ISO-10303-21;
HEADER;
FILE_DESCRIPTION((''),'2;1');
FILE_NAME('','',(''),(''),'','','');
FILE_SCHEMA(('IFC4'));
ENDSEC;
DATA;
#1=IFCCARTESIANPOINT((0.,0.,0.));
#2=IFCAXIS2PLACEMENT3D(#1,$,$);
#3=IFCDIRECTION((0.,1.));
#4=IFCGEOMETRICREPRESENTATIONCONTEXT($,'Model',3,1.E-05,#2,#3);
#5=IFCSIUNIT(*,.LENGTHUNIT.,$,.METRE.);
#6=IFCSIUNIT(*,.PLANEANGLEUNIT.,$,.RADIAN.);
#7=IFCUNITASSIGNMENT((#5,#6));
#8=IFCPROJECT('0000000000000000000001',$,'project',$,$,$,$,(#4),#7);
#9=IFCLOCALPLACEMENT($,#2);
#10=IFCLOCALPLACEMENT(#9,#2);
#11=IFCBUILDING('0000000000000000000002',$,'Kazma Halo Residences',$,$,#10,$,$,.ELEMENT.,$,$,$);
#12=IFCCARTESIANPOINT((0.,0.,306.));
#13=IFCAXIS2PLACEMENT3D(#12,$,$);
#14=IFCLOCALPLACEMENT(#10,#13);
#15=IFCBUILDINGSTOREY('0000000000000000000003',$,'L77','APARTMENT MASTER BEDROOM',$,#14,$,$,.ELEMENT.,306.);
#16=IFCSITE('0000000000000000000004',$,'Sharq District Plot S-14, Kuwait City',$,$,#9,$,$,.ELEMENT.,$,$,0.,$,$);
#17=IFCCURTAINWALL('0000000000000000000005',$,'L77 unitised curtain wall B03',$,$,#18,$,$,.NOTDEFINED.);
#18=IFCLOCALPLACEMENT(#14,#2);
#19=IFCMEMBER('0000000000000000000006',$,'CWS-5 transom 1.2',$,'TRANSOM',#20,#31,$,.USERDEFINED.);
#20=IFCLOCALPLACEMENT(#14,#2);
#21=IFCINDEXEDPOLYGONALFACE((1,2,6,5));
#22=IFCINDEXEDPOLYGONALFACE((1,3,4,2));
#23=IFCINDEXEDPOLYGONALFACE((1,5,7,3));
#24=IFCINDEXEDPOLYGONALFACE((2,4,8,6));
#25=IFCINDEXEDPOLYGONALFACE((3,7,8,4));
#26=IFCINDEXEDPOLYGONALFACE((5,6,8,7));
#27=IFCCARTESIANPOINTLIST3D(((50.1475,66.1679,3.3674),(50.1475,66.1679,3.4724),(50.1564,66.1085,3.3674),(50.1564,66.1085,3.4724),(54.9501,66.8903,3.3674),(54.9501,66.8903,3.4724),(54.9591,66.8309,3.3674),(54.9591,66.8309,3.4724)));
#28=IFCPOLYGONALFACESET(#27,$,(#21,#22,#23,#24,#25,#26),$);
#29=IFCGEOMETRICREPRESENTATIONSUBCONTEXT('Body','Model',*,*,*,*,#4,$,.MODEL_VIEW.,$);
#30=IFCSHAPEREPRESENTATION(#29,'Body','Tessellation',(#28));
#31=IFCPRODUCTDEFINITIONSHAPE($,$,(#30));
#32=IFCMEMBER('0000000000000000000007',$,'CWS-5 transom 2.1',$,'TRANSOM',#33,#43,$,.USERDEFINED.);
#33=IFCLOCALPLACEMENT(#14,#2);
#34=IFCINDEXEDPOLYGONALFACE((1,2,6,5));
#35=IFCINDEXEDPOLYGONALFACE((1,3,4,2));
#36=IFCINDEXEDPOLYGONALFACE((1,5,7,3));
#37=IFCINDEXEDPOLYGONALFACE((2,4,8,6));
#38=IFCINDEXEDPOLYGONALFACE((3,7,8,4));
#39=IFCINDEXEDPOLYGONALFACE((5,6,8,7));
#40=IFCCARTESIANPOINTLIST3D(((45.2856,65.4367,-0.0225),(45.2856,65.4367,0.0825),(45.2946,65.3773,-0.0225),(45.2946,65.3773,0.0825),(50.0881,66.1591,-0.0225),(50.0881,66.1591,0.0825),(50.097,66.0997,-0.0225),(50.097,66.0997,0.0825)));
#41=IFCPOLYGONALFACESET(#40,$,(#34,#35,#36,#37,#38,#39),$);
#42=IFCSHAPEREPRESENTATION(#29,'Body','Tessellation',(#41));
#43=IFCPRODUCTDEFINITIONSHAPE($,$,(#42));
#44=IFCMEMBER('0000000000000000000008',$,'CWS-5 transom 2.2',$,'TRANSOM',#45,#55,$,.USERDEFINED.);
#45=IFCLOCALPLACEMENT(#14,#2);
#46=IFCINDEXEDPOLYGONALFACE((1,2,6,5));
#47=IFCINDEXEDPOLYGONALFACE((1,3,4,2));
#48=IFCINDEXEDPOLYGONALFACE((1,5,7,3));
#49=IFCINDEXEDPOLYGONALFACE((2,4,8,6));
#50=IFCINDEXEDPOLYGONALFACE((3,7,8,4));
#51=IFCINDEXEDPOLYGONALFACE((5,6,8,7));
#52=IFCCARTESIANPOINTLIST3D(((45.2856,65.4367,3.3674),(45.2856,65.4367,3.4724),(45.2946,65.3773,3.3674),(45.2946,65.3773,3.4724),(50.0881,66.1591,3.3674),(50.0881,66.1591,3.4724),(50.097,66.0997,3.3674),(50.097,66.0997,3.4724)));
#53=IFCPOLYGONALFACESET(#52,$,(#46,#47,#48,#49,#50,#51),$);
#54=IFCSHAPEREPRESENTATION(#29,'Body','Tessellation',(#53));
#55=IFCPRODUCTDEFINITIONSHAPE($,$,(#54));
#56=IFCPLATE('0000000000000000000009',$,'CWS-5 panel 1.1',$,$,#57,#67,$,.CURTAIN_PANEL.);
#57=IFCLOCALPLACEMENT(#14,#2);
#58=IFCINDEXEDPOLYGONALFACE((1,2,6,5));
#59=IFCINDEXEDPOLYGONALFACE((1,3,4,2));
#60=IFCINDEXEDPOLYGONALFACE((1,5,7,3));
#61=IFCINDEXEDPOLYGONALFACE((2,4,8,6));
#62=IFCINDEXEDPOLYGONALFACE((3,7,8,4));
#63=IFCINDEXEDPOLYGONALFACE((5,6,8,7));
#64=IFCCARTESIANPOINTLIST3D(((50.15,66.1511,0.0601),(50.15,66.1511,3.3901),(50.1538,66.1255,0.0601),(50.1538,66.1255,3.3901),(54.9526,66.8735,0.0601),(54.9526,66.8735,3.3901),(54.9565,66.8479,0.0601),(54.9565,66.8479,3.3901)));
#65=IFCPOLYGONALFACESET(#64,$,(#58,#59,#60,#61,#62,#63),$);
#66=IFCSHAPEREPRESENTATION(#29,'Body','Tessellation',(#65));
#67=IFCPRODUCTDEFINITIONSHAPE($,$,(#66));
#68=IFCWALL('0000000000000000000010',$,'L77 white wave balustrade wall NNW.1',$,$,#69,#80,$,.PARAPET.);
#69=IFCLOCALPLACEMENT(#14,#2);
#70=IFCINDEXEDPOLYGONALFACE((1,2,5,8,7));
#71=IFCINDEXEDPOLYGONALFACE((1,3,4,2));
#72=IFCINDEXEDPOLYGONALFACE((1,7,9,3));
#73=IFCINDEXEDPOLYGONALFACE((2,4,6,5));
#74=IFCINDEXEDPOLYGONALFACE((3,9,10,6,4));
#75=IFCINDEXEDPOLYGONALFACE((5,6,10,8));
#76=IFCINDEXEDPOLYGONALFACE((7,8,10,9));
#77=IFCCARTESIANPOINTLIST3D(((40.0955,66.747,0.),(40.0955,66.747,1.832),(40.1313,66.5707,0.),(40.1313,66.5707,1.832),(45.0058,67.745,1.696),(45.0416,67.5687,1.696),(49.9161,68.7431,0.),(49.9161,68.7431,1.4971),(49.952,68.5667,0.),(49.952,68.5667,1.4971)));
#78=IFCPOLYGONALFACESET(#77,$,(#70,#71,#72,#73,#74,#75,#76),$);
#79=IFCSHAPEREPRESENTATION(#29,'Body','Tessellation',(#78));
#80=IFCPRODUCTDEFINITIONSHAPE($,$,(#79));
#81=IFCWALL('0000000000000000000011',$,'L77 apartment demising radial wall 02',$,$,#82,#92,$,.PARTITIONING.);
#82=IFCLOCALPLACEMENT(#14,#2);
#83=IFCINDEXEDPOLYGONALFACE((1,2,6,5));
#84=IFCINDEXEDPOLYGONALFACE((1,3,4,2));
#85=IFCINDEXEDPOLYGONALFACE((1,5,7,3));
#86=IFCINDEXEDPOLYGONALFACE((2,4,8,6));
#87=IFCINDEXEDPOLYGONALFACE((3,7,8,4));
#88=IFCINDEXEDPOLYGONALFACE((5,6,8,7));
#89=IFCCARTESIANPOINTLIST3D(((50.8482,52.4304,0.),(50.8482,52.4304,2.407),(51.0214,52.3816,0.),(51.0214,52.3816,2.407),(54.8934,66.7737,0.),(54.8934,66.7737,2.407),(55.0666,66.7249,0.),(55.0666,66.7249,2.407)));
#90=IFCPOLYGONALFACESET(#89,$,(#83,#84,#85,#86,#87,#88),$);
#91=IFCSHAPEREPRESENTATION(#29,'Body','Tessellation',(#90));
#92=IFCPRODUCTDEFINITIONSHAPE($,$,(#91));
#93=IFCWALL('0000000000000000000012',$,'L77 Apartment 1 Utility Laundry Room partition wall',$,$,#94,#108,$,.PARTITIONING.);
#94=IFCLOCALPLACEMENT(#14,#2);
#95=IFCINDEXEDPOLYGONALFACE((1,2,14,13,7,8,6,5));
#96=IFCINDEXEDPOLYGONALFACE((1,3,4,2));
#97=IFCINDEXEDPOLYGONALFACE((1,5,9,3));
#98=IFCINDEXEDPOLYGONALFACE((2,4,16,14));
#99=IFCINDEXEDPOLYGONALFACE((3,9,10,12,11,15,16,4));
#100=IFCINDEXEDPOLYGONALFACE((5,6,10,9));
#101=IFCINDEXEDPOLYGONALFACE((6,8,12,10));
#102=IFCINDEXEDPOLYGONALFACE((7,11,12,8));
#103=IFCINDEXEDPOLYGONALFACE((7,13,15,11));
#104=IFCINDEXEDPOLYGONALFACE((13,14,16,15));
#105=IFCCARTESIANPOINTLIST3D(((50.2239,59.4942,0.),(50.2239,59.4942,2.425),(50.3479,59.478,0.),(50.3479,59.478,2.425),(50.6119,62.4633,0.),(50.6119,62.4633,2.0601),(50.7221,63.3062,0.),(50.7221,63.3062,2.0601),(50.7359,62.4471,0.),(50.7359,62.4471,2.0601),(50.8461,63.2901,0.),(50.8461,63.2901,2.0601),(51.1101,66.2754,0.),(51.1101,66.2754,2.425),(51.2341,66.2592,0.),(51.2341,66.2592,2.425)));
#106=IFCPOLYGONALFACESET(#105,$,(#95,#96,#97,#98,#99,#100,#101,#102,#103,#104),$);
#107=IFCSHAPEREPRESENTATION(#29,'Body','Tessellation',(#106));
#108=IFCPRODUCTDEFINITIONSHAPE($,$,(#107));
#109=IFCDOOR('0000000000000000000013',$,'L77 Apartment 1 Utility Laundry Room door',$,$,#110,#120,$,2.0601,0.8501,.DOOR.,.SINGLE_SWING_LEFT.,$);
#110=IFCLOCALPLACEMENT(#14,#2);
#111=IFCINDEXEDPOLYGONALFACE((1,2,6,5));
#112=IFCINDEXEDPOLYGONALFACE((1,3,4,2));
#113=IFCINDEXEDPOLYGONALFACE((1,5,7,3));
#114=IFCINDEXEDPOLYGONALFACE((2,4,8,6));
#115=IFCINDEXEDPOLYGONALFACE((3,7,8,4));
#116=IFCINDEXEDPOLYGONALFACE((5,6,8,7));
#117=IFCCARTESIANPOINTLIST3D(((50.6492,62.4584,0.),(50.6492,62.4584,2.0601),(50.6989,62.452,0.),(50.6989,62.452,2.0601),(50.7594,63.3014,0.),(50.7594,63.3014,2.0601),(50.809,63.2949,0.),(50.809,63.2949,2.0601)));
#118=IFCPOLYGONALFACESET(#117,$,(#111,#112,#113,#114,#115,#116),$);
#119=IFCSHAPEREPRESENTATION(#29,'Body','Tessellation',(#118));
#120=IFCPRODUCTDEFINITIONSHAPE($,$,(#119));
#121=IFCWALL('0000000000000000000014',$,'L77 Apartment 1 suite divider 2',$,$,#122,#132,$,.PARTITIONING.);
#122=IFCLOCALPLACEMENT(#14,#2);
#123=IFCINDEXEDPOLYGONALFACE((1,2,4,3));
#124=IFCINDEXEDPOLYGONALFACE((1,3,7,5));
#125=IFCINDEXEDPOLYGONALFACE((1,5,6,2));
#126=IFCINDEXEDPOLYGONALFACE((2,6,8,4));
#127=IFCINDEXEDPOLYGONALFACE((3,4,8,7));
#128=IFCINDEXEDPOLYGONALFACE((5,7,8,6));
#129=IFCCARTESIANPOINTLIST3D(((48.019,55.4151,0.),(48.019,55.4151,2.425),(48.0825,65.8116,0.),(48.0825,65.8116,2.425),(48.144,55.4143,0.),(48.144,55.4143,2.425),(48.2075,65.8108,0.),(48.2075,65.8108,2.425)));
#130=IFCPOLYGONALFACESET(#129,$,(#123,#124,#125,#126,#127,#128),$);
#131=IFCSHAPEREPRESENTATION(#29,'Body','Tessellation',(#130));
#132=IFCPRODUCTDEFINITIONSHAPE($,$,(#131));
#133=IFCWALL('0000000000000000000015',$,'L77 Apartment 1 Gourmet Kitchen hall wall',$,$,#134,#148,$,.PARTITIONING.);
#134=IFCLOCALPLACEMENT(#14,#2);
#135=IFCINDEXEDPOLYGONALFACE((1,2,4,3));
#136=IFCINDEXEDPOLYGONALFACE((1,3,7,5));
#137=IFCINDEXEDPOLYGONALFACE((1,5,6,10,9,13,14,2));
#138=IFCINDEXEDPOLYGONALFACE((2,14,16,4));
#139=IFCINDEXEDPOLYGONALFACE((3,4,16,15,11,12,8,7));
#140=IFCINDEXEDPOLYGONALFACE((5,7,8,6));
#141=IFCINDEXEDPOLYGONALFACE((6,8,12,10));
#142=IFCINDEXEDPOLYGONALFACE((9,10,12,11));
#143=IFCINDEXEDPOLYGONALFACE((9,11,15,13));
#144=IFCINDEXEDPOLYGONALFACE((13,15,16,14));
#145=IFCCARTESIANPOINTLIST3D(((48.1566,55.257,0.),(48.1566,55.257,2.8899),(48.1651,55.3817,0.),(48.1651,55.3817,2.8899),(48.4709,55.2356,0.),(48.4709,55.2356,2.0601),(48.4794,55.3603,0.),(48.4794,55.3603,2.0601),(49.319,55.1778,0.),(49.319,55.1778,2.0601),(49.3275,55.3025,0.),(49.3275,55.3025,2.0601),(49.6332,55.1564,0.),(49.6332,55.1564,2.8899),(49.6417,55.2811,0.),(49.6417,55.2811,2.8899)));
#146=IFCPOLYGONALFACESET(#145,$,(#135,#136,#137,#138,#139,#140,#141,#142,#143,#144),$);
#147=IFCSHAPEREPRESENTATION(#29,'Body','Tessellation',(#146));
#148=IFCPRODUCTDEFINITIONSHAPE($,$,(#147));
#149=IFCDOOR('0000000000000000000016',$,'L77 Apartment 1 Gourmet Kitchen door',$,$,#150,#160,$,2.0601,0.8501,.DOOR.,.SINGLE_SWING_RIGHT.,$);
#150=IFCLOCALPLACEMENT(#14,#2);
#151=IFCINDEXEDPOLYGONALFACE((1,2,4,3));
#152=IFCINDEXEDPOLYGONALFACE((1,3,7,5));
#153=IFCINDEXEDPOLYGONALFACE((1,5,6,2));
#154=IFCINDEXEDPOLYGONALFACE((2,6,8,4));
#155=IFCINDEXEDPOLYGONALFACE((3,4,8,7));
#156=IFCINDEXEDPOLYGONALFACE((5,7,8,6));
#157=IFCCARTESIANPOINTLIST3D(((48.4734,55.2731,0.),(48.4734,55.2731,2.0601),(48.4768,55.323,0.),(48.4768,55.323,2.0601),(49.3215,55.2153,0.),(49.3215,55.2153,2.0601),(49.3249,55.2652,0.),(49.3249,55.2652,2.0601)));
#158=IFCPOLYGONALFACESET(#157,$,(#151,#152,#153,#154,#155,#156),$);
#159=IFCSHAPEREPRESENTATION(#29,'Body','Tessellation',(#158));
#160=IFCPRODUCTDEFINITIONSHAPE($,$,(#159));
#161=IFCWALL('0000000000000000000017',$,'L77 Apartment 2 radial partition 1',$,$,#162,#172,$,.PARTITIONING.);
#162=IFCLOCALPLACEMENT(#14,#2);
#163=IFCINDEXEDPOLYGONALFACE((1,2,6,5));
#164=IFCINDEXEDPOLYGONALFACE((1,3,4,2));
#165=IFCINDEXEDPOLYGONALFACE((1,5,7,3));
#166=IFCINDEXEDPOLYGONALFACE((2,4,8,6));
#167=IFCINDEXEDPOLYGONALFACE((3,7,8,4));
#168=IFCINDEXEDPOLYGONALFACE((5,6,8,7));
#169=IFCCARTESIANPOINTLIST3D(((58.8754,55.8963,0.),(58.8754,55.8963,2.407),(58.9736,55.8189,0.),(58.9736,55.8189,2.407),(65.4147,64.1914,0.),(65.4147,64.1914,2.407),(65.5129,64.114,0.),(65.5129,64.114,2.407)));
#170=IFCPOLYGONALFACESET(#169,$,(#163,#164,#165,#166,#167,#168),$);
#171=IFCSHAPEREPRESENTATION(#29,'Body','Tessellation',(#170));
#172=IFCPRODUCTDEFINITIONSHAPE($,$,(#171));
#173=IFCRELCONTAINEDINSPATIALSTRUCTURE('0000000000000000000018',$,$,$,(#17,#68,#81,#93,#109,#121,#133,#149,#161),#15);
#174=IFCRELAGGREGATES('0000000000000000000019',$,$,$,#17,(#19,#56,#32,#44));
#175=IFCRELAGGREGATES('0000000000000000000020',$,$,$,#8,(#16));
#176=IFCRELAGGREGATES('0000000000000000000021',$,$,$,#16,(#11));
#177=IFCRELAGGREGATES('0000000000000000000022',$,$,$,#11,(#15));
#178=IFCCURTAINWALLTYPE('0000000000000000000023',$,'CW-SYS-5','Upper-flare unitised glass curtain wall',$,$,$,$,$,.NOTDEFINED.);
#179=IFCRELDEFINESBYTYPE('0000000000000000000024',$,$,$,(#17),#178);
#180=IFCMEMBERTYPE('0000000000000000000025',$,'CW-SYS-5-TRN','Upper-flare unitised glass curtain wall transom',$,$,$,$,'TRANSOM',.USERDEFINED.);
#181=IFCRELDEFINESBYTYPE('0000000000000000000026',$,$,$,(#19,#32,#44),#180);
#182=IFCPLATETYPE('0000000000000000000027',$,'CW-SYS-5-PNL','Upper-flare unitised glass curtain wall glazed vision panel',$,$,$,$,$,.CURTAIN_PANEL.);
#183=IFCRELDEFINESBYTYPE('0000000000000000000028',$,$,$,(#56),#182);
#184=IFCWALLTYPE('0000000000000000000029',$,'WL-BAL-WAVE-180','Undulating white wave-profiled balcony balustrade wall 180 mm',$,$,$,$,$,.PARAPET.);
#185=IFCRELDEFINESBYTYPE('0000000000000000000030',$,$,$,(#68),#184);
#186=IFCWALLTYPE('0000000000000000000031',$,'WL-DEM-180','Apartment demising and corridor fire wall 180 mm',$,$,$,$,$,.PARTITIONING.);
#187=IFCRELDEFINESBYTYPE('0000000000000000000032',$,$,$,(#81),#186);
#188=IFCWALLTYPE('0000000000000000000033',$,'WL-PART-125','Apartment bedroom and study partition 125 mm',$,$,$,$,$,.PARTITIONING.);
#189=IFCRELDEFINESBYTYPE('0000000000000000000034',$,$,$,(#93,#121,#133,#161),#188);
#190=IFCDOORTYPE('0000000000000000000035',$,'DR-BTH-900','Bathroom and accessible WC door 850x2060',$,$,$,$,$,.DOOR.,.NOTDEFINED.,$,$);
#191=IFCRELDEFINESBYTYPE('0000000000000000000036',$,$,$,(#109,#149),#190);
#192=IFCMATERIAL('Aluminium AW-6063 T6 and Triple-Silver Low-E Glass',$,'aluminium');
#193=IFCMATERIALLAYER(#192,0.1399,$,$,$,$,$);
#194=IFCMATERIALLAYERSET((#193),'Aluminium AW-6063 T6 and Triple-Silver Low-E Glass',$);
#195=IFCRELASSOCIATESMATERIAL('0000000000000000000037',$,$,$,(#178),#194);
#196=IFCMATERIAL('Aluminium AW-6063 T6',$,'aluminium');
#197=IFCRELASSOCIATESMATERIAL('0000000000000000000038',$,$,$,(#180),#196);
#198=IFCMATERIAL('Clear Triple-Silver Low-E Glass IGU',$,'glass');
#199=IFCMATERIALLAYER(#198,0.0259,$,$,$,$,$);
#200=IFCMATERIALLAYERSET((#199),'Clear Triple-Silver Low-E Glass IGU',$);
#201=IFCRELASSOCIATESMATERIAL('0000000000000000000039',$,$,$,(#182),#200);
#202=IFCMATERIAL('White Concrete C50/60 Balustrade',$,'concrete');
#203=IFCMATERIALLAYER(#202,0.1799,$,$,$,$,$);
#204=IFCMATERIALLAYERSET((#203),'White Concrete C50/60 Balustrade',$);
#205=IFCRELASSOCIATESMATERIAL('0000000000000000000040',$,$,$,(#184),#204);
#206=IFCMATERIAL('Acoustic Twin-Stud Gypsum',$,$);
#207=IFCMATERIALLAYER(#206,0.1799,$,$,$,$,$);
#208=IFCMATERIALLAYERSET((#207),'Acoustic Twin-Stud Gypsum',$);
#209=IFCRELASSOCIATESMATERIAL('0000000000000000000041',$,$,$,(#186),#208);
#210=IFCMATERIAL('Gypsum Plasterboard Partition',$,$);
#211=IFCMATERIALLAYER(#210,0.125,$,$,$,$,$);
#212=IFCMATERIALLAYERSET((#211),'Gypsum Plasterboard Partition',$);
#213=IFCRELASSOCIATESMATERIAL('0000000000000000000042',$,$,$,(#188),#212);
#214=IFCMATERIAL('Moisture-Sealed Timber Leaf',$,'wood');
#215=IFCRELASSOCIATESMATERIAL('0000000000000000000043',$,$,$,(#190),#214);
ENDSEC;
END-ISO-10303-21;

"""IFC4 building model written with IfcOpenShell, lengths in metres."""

from ifc_helpers import new_model, si_unit, direction, frame, frame_2d, origin, origin_2d, place, context, subcontext, project, spatial, polyline, rectangle, outline, extrude, material, layer, layer_set, material_profile, profile_set, type_object, element, fill, aggregate, save


model = new_model("IFC4")

# Units and contexts
model_context = context("Model", 3, precision=1e-05, world=origin(), true_north=direction((0.0, 1.0)))
body_context = subcontext(model_context, "Body", "Model", "MODEL_VIEW")
ifc_project = project(units=[si_unit("LENGTHUNIT", "METRE"), si_unit("PLANEANGLEUNIT", "RADIAN")], contexts=[model_context])

# Site, building, storey
site_placement = place(None, origin())
site = spatial("IfcSite", under=ifc_project, at=site_placement, Name="Sharq District Plot S-14, Kuwait City", CompositionType="ELEMENT", RefElevation=0.0)
building_placement = place(site_placement, origin())
building = spatial("IfcBuilding", under=site, at=building_placement, Name="Kazma Halo Residences", CompositionType="ELEMENT")
storey_placement = place(building_placement, frame((0.0, 0.0, 306.0)))
storey = spatial("IfcBuildingStorey", under=building, at=storey_placement, Name="L77", Description="APARTMENT MASTER BEDROOM", CompositionType="ELEMENT", Elevation=306.0)

# Curtain wall, members, plate
ifc_material_1 = material(Name="Aluminium AW-6063 T6 and Triple-Silver Low-E Glass", Category="aluminium")
ifc_layer_1 = layer(ifc_material_1, 0.1399)
ifc_layer_set_1 = layer_set([ifc_layer_1], Name="Aluminium AW-6063 T6 and Triple-Silver Low-E Glass")
curtain_wall_type = type_object("IfcCurtainWallType", Name="CW-SYS-5", Description="Upper-flare unitised glass curtain wall", PredefinedType="NOTDEFINED", material=ifc_layer_set_1)
curtain_wall_placement = place(storey_placement, origin())
curtain_wall = element("IfcCurtainWall", 1, at=curtain_wall_placement, inside=storey, type_object=curtain_wall_type, Name="L77 unitised curtain wall B03", PredefinedType="NOTDEFINED")
ifc_material_2 = material(Name="Aluminium AW-6063 T6", Category="aluminium")
ifc_material_profile_1 = material_profile(ifc_material_2, rectangle(XDim=0.0601, YDim=0.105, at=origin_2d()), Name="CWT-60x105")
ifc_profile_set_1 = profile_set([ifc_material_profile_1], Name="Aluminium AW-6063 T6")
member_type_1 = type_object("IfcMemberType", Name="CW-SYS-5-TRN", Description="Upper-flare unitised glass curtain wall transom", ElementType="TRANSOM", PredefinedType="USERDEFINED", material=ifc_profile_set_1)
member_1_placement = place(storey_placement, frame((54.9546, 66.8606, 3.4199), z_axis=(-0.988876, -0.148744, 0.0), x_axis=(0.148744, -0.988876, 0.0)))
member_1 = element("IfcMember", 2, at=member_1_placement, type_object=member_type_1, Name="CWS-5 transom 1.2", ObjectType="TRANSOM", PredefinedType="USERDEFINED", context=body_context, shape_type="SweptSolid", body=[
    extrude(rectangle(XDim=0.0601, YDim=0.105, at=origin_2d()), origin(), (0.0, 0.0, 1.0), 4.8567),
])
member_2_placement = place(storey_placement, frame((50.0925, 66.1294, 0.03), z_axis=(-0.988875, -0.148751, 0.0), x_axis=(0.148751, -0.988875, 0.0)))
member_2 = element("IfcMember", 3, at=member_2_placement, type_object=member_type_1, Name="CWS-5 transom 2.1", ObjectType="TRANSOM", PredefinedType="USERDEFINED", context=body_context, shape_type="SweptSolid", body=[
    extrude(rectangle(XDim=0.0601, YDim=0.105, at=origin_2d()), origin(), (0.0, 0.0, 1.0), 4.8564),
])
member_3_placement = place(storey_placement, frame((50.0925, 66.1294, 3.4199), z_axis=(-0.988875, -0.148751, 0.0), x_axis=(0.148751, -0.988875, 0.0)))
member_3 = element("IfcMember", 4, at=member_3_placement, type_object=member_type_1, Name="CWS-5 transom 2.2", ObjectType="TRANSOM", PredefinedType="USERDEFINED", context=body_context, shape_type="SweptSolid", body=[
    extrude(rectangle(XDim=0.0601, YDim=0.105, at=origin_2d()), origin(), (0.0, 0.0, 1.0), 4.8564),
])
ifc_material_3 = material(Name="Clear Triple-Silver Low-E Glass IGU", Category="glass")
ifc_layer_2 = layer(ifc_material_3, 0.0259)
ifc_layer_set_2 = layer_set([ifc_layer_2], Name="Clear Triple-Silver Low-E Glass IGU")
plate_type = type_object("IfcPlateType", Name="CW-SYS-5-PNL", Description="Upper-flare unitised glass curtain wall glazed vision panel", PredefinedType="CURTAIN_PANEL", material=ifc_layer_set_2)
plate_placement = place(storey_placement, frame((52.5532, 66.4995, 0.0601), z_axis=(0.0, 0.0, 1.0), x_axis=(-0.988875, -0.148748, 0.0)))
plate = element("IfcPlate", 5, at=plate_placement, type_object=plate_type, Name="CWS-5 panel 1.1", PredefinedType="CURTAIN_PANEL", context=body_context, shape_type="SweptSolid", body=[
    extrude(rectangle(XDim=4.8567, YDim=0.0259, at=origin_2d()), origin(), (0.0, 0.0, 1.0), 3.3301),
])
aggregate(curtain_wall, [member_1, plate, member_2, member_3])

# Walls
ifc_material_4 = material(Name="White Concrete C50/60 Balustrade", Category="concrete")
ifc_layer_3 = layer(ifc_material_4, 0.1799)
ifc_layer_set_3 = layer_set([ifc_layer_3], Name="White Concrete C50/60 Balustrade")
wall_type_1 = type_object("IfcWallType", Name="WL-BAL-WAVE-180", Description="Undulating white wave-profiled balcony balustrade wall 180 mm", PredefinedType="PARAPET", material=ifc_layer_set_3)
wall_1_placement = place(storey_placement, frame((49.9341, 68.6548, 0.0), z_axis=(0.0, 0.0, 1.0), x_axis=(-0.979963, -0.199179, 0.0)))
element("IfcWall", 6, at=wall_1_placement, inside=storey, type_object=wall_type_1, Name="L77 white wave balustrade wall NNW.1", PredefinedType="PARAPET", context=body_context, shape_type="SweptSolid", body=[
    extrude(outline(polyline([(0.0, 0.0), (10.0215, 0.0), (10.0215, 1.832), (5.0107, 1.696), (0.0, 1.4971), (0.0, 0.0)])), frame((0.0, 0.0898, 0.0), z_axis=(0.0, -1.0, 0.0), x_axis=(1.0, 0.0, 0.0)), (0.0, 0.0, 1.0), 0.1799),
])
ifc_material_5 = material(Name="Acoustic Twin-Stud Gypsum")
ifc_layer_4 = layer(ifc_material_5, 0.1799)
ifc_layer_set_4 = layer_set([ifc_layer_4], Name="Acoustic Twin-Stud Gypsum")
wall_type_2 = type_object("IfcWallType", Name="WL-DEM-180", Description="Apartment demising and corridor fire wall 180 mm", PredefinedType="PARTITIONING", material=ifc_layer_set_4)
wall_2_placement = place(storey_placement, frame((50.9348, 52.406, 0.0), z_axis=(0.0, 0.0, 1.0), x_axis=(0.271437, 0.962456, 0.0)))
element("IfcWall", 7, at=wall_2_placement, inside=storey, type_object=wall_type_2, Name="L77 apartment demising radial wall 02", PredefinedType="PARTITIONING", context=body_context, shape_type="SweptSolid", body=[
    extrude(rectangle(XDim=14.9028, YDim=0.1799, at=frame_2d((7.4514, 0.0))), origin(), (0.0, 0.0, 1.0), 2.407),
])

# Wall, opening, door
ifc_material_6 = material(Name="Gypsum Plasterboard Partition")
ifc_layer_5 = layer(ifc_material_6, 0.125)
ifc_layer_set_5 = layer_set([ifc_layer_5], Name="Gypsum Plasterboard Partition")
wall_type_3 = type_object("IfcWallType", Name="WL-PART-125", Description="Apartment bedroom and study partition 125 mm", PredefinedType="PARTITIONING", material=ifc_layer_set_5)
wall_3_placement = place(storey_placement, frame((50.2859, 59.4861, 0.0), z_axis=(0.0, 0.0, 1.0), x_axis=(0.129586, 0.991568, 0.0)))
wall_3 = element("IfcWall", 8, at=wall_3_placement, inside=storey, type_object=wall_type_3, Name="L77 Apartment 1 Utility Laundry Room partition wall", PredefinedType="PARTITIONING", context=body_context, shape_type="SweptSolid", body=[
    extrude(rectangle(XDim=6.8389, YDim=0.125, at=frame_2d((3.4194, 0.0))), origin(), (0.0, 0.0, 1.0), 2.425),
])
opening_1_placement = place(wall_3_placement, frame((2.9944, 0.0, 0.0)))
opening_1 = element("IfcOpeningElement", 9, at=opening_1_placement, cuts=wall_3, PredefinedType="OPENING", context=body_context, shape_type="SweptSolid", body=[
    extrude(rectangle(XDim=0.8501, YDim=2.0601, at=frame_2d((0.425, 1.03))), frame((0.0, 0.0725, 0.0), z_axis=(0.0, -1.0, 0.0), x_axis=(1.0, 0.0, 0.0)), (0.0, 0.0, 1.0), 0.145),
])
ifc_material_7 = material(Name="Moisture-Sealed Timber Leaf", Category="wood")
door_type_1 = type_object("IfcDoorType", Name="DR-BTH-900", Description="Bathroom and accessible WC door 850x2060", OperationType="NOTDEFINED", PredefinedType="DOOR", material=ifc_material_7)
door_1_placement = place(opening_1_placement, origin())
door_1 = element("IfcDoor", 10, at=door_1_placement, inside=storey, type_object=door_type_1, Name="L77 Apartment 1 Utility Laundry Room door", OperationType="SINGLE_SWING_LEFT", OverallHeight=2.0601, OverallWidth=0.8501, PredefinedType="DOOR", context=body_context, shape_type="SweptSolid", body=[
    extrude(rectangle(XDim=0.8501, YDim=2.0601, at=frame_2d((0.425, 1.03))), frame((0.0, 0.0249, 0.0), z_axis=(0.0, -1.0, 0.0), x_axis=(1.0, 0.0, 0.0)), (0.0, 0.0, 1.0), 0.05),
])
fill(opening_1, door_1)

# Wall
wall_4_placement = place(storey_placement, frame((48.0815, 55.4148, 0.0), z_axis=(0.0, 0.0, 1.0), x_axis=(0.006105, 0.999981, 0.0)))
element("IfcWall", 11, at=wall_4_placement, inside=storey, type_object=wall_type_3, Name="L77 Apartment 1 suite divider 2", PredefinedType="PARTITIONING", context=body_context, shape_type="SweptSolid", body=[
    extrude(rectangle(XDim=10.3967, YDim=0.125, at=frame_2d((5.1982, 0.0))), origin(), (0.0, 0.0, 1.0), 2.425),
])

# Wall, opening, door
wall_5_placement = place(storey_placement, frame((49.6375, 55.2188, 0.0), z_axis=(0.0, 0.0, 1.0), x_axis=(-0.997688, 0.067964, 0.0)))
wall_5 = element("IfcWall", 12, at=wall_5_placement, inside=storey, type_object=wall_type_3, Name="L77 Apartment 1 Gourmet Kitchen hall wall", PredefinedType="PARTITIONING", context=body_context, shape_type="SweptSolid", body=[
    extrude(rectangle(XDim=1.48, YDim=0.125, at=frame_2d((0.74, 0.0))), origin(), (0.0, 0.0, 1.0), 2.8899),
])
opening_2_placement = place(wall_5_placement, frame((0.3149, 0.0, 0.0)))
opening_2 = element("IfcOpeningElement", 13, at=opening_2_placement, cuts=wall_5, PredefinedType="OPENING", context=body_context, shape_type="SweptSolid", body=[
    extrude(rectangle(XDim=0.8501, YDim=2.0601, at=frame_2d((0.425, 1.03))), frame((0.0, 0.0725, 0.0), z_axis=(0.0, -1.0, 0.0), x_axis=(1.0, 0.0, 0.0)), (0.0, 0.0, 1.0), 0.145),
])
door_2_placement = place(opening_2_placement, origin())
door_2 = element("IfcDoor", 14, at=door_2_placement, inside=storey, type_object=door_type_1, Name="L77 Apartment 1 Gourmet Kitchen door", OperationType="SINGLE_SWING_RIGHT", OverallHeight=2.0601, OverallWidth=0.8501, PredefinedType="DOOR", context=body_context, shape_type="SweptSolid", body=[
    extrude(rectangle(XDim=0.8501, YDim=2.0601, at=frame_2d((0.425, 1.03))), frame((0.0, 0.0249, 0.0), z_axis=(0.0, -1.0, 0.0), x_axis=(1.0, 0.0, 0.0)), (0.0, 0.0, 1.0), 0.05),
])
fill(opening_2, door_2)

# Wall
wall_6_placement = place(storey_placement, frame((58.9246, 55.8577, 0.0), z_axis=(0.0, 0.0, 1.0), x_axis=(0.61909, 0.78532, 0.0)))
element("IfcWall", 15, at=wall_6_placement, inside=storey, type_object=wall_type_3, Name="L77 Apartment 2 radial partition 1", PredefinedType="PARTITIONING", context=body_context, shape_type="SweptSolid", body=[
    extrude(rectangle(XDim=10.5627, YDim=0.125, at=frame_2d((5.2812, 0.0))), origin(), (0.0, 0.0, 1.0), 2.407),
])

save(model, "model.ifc")
